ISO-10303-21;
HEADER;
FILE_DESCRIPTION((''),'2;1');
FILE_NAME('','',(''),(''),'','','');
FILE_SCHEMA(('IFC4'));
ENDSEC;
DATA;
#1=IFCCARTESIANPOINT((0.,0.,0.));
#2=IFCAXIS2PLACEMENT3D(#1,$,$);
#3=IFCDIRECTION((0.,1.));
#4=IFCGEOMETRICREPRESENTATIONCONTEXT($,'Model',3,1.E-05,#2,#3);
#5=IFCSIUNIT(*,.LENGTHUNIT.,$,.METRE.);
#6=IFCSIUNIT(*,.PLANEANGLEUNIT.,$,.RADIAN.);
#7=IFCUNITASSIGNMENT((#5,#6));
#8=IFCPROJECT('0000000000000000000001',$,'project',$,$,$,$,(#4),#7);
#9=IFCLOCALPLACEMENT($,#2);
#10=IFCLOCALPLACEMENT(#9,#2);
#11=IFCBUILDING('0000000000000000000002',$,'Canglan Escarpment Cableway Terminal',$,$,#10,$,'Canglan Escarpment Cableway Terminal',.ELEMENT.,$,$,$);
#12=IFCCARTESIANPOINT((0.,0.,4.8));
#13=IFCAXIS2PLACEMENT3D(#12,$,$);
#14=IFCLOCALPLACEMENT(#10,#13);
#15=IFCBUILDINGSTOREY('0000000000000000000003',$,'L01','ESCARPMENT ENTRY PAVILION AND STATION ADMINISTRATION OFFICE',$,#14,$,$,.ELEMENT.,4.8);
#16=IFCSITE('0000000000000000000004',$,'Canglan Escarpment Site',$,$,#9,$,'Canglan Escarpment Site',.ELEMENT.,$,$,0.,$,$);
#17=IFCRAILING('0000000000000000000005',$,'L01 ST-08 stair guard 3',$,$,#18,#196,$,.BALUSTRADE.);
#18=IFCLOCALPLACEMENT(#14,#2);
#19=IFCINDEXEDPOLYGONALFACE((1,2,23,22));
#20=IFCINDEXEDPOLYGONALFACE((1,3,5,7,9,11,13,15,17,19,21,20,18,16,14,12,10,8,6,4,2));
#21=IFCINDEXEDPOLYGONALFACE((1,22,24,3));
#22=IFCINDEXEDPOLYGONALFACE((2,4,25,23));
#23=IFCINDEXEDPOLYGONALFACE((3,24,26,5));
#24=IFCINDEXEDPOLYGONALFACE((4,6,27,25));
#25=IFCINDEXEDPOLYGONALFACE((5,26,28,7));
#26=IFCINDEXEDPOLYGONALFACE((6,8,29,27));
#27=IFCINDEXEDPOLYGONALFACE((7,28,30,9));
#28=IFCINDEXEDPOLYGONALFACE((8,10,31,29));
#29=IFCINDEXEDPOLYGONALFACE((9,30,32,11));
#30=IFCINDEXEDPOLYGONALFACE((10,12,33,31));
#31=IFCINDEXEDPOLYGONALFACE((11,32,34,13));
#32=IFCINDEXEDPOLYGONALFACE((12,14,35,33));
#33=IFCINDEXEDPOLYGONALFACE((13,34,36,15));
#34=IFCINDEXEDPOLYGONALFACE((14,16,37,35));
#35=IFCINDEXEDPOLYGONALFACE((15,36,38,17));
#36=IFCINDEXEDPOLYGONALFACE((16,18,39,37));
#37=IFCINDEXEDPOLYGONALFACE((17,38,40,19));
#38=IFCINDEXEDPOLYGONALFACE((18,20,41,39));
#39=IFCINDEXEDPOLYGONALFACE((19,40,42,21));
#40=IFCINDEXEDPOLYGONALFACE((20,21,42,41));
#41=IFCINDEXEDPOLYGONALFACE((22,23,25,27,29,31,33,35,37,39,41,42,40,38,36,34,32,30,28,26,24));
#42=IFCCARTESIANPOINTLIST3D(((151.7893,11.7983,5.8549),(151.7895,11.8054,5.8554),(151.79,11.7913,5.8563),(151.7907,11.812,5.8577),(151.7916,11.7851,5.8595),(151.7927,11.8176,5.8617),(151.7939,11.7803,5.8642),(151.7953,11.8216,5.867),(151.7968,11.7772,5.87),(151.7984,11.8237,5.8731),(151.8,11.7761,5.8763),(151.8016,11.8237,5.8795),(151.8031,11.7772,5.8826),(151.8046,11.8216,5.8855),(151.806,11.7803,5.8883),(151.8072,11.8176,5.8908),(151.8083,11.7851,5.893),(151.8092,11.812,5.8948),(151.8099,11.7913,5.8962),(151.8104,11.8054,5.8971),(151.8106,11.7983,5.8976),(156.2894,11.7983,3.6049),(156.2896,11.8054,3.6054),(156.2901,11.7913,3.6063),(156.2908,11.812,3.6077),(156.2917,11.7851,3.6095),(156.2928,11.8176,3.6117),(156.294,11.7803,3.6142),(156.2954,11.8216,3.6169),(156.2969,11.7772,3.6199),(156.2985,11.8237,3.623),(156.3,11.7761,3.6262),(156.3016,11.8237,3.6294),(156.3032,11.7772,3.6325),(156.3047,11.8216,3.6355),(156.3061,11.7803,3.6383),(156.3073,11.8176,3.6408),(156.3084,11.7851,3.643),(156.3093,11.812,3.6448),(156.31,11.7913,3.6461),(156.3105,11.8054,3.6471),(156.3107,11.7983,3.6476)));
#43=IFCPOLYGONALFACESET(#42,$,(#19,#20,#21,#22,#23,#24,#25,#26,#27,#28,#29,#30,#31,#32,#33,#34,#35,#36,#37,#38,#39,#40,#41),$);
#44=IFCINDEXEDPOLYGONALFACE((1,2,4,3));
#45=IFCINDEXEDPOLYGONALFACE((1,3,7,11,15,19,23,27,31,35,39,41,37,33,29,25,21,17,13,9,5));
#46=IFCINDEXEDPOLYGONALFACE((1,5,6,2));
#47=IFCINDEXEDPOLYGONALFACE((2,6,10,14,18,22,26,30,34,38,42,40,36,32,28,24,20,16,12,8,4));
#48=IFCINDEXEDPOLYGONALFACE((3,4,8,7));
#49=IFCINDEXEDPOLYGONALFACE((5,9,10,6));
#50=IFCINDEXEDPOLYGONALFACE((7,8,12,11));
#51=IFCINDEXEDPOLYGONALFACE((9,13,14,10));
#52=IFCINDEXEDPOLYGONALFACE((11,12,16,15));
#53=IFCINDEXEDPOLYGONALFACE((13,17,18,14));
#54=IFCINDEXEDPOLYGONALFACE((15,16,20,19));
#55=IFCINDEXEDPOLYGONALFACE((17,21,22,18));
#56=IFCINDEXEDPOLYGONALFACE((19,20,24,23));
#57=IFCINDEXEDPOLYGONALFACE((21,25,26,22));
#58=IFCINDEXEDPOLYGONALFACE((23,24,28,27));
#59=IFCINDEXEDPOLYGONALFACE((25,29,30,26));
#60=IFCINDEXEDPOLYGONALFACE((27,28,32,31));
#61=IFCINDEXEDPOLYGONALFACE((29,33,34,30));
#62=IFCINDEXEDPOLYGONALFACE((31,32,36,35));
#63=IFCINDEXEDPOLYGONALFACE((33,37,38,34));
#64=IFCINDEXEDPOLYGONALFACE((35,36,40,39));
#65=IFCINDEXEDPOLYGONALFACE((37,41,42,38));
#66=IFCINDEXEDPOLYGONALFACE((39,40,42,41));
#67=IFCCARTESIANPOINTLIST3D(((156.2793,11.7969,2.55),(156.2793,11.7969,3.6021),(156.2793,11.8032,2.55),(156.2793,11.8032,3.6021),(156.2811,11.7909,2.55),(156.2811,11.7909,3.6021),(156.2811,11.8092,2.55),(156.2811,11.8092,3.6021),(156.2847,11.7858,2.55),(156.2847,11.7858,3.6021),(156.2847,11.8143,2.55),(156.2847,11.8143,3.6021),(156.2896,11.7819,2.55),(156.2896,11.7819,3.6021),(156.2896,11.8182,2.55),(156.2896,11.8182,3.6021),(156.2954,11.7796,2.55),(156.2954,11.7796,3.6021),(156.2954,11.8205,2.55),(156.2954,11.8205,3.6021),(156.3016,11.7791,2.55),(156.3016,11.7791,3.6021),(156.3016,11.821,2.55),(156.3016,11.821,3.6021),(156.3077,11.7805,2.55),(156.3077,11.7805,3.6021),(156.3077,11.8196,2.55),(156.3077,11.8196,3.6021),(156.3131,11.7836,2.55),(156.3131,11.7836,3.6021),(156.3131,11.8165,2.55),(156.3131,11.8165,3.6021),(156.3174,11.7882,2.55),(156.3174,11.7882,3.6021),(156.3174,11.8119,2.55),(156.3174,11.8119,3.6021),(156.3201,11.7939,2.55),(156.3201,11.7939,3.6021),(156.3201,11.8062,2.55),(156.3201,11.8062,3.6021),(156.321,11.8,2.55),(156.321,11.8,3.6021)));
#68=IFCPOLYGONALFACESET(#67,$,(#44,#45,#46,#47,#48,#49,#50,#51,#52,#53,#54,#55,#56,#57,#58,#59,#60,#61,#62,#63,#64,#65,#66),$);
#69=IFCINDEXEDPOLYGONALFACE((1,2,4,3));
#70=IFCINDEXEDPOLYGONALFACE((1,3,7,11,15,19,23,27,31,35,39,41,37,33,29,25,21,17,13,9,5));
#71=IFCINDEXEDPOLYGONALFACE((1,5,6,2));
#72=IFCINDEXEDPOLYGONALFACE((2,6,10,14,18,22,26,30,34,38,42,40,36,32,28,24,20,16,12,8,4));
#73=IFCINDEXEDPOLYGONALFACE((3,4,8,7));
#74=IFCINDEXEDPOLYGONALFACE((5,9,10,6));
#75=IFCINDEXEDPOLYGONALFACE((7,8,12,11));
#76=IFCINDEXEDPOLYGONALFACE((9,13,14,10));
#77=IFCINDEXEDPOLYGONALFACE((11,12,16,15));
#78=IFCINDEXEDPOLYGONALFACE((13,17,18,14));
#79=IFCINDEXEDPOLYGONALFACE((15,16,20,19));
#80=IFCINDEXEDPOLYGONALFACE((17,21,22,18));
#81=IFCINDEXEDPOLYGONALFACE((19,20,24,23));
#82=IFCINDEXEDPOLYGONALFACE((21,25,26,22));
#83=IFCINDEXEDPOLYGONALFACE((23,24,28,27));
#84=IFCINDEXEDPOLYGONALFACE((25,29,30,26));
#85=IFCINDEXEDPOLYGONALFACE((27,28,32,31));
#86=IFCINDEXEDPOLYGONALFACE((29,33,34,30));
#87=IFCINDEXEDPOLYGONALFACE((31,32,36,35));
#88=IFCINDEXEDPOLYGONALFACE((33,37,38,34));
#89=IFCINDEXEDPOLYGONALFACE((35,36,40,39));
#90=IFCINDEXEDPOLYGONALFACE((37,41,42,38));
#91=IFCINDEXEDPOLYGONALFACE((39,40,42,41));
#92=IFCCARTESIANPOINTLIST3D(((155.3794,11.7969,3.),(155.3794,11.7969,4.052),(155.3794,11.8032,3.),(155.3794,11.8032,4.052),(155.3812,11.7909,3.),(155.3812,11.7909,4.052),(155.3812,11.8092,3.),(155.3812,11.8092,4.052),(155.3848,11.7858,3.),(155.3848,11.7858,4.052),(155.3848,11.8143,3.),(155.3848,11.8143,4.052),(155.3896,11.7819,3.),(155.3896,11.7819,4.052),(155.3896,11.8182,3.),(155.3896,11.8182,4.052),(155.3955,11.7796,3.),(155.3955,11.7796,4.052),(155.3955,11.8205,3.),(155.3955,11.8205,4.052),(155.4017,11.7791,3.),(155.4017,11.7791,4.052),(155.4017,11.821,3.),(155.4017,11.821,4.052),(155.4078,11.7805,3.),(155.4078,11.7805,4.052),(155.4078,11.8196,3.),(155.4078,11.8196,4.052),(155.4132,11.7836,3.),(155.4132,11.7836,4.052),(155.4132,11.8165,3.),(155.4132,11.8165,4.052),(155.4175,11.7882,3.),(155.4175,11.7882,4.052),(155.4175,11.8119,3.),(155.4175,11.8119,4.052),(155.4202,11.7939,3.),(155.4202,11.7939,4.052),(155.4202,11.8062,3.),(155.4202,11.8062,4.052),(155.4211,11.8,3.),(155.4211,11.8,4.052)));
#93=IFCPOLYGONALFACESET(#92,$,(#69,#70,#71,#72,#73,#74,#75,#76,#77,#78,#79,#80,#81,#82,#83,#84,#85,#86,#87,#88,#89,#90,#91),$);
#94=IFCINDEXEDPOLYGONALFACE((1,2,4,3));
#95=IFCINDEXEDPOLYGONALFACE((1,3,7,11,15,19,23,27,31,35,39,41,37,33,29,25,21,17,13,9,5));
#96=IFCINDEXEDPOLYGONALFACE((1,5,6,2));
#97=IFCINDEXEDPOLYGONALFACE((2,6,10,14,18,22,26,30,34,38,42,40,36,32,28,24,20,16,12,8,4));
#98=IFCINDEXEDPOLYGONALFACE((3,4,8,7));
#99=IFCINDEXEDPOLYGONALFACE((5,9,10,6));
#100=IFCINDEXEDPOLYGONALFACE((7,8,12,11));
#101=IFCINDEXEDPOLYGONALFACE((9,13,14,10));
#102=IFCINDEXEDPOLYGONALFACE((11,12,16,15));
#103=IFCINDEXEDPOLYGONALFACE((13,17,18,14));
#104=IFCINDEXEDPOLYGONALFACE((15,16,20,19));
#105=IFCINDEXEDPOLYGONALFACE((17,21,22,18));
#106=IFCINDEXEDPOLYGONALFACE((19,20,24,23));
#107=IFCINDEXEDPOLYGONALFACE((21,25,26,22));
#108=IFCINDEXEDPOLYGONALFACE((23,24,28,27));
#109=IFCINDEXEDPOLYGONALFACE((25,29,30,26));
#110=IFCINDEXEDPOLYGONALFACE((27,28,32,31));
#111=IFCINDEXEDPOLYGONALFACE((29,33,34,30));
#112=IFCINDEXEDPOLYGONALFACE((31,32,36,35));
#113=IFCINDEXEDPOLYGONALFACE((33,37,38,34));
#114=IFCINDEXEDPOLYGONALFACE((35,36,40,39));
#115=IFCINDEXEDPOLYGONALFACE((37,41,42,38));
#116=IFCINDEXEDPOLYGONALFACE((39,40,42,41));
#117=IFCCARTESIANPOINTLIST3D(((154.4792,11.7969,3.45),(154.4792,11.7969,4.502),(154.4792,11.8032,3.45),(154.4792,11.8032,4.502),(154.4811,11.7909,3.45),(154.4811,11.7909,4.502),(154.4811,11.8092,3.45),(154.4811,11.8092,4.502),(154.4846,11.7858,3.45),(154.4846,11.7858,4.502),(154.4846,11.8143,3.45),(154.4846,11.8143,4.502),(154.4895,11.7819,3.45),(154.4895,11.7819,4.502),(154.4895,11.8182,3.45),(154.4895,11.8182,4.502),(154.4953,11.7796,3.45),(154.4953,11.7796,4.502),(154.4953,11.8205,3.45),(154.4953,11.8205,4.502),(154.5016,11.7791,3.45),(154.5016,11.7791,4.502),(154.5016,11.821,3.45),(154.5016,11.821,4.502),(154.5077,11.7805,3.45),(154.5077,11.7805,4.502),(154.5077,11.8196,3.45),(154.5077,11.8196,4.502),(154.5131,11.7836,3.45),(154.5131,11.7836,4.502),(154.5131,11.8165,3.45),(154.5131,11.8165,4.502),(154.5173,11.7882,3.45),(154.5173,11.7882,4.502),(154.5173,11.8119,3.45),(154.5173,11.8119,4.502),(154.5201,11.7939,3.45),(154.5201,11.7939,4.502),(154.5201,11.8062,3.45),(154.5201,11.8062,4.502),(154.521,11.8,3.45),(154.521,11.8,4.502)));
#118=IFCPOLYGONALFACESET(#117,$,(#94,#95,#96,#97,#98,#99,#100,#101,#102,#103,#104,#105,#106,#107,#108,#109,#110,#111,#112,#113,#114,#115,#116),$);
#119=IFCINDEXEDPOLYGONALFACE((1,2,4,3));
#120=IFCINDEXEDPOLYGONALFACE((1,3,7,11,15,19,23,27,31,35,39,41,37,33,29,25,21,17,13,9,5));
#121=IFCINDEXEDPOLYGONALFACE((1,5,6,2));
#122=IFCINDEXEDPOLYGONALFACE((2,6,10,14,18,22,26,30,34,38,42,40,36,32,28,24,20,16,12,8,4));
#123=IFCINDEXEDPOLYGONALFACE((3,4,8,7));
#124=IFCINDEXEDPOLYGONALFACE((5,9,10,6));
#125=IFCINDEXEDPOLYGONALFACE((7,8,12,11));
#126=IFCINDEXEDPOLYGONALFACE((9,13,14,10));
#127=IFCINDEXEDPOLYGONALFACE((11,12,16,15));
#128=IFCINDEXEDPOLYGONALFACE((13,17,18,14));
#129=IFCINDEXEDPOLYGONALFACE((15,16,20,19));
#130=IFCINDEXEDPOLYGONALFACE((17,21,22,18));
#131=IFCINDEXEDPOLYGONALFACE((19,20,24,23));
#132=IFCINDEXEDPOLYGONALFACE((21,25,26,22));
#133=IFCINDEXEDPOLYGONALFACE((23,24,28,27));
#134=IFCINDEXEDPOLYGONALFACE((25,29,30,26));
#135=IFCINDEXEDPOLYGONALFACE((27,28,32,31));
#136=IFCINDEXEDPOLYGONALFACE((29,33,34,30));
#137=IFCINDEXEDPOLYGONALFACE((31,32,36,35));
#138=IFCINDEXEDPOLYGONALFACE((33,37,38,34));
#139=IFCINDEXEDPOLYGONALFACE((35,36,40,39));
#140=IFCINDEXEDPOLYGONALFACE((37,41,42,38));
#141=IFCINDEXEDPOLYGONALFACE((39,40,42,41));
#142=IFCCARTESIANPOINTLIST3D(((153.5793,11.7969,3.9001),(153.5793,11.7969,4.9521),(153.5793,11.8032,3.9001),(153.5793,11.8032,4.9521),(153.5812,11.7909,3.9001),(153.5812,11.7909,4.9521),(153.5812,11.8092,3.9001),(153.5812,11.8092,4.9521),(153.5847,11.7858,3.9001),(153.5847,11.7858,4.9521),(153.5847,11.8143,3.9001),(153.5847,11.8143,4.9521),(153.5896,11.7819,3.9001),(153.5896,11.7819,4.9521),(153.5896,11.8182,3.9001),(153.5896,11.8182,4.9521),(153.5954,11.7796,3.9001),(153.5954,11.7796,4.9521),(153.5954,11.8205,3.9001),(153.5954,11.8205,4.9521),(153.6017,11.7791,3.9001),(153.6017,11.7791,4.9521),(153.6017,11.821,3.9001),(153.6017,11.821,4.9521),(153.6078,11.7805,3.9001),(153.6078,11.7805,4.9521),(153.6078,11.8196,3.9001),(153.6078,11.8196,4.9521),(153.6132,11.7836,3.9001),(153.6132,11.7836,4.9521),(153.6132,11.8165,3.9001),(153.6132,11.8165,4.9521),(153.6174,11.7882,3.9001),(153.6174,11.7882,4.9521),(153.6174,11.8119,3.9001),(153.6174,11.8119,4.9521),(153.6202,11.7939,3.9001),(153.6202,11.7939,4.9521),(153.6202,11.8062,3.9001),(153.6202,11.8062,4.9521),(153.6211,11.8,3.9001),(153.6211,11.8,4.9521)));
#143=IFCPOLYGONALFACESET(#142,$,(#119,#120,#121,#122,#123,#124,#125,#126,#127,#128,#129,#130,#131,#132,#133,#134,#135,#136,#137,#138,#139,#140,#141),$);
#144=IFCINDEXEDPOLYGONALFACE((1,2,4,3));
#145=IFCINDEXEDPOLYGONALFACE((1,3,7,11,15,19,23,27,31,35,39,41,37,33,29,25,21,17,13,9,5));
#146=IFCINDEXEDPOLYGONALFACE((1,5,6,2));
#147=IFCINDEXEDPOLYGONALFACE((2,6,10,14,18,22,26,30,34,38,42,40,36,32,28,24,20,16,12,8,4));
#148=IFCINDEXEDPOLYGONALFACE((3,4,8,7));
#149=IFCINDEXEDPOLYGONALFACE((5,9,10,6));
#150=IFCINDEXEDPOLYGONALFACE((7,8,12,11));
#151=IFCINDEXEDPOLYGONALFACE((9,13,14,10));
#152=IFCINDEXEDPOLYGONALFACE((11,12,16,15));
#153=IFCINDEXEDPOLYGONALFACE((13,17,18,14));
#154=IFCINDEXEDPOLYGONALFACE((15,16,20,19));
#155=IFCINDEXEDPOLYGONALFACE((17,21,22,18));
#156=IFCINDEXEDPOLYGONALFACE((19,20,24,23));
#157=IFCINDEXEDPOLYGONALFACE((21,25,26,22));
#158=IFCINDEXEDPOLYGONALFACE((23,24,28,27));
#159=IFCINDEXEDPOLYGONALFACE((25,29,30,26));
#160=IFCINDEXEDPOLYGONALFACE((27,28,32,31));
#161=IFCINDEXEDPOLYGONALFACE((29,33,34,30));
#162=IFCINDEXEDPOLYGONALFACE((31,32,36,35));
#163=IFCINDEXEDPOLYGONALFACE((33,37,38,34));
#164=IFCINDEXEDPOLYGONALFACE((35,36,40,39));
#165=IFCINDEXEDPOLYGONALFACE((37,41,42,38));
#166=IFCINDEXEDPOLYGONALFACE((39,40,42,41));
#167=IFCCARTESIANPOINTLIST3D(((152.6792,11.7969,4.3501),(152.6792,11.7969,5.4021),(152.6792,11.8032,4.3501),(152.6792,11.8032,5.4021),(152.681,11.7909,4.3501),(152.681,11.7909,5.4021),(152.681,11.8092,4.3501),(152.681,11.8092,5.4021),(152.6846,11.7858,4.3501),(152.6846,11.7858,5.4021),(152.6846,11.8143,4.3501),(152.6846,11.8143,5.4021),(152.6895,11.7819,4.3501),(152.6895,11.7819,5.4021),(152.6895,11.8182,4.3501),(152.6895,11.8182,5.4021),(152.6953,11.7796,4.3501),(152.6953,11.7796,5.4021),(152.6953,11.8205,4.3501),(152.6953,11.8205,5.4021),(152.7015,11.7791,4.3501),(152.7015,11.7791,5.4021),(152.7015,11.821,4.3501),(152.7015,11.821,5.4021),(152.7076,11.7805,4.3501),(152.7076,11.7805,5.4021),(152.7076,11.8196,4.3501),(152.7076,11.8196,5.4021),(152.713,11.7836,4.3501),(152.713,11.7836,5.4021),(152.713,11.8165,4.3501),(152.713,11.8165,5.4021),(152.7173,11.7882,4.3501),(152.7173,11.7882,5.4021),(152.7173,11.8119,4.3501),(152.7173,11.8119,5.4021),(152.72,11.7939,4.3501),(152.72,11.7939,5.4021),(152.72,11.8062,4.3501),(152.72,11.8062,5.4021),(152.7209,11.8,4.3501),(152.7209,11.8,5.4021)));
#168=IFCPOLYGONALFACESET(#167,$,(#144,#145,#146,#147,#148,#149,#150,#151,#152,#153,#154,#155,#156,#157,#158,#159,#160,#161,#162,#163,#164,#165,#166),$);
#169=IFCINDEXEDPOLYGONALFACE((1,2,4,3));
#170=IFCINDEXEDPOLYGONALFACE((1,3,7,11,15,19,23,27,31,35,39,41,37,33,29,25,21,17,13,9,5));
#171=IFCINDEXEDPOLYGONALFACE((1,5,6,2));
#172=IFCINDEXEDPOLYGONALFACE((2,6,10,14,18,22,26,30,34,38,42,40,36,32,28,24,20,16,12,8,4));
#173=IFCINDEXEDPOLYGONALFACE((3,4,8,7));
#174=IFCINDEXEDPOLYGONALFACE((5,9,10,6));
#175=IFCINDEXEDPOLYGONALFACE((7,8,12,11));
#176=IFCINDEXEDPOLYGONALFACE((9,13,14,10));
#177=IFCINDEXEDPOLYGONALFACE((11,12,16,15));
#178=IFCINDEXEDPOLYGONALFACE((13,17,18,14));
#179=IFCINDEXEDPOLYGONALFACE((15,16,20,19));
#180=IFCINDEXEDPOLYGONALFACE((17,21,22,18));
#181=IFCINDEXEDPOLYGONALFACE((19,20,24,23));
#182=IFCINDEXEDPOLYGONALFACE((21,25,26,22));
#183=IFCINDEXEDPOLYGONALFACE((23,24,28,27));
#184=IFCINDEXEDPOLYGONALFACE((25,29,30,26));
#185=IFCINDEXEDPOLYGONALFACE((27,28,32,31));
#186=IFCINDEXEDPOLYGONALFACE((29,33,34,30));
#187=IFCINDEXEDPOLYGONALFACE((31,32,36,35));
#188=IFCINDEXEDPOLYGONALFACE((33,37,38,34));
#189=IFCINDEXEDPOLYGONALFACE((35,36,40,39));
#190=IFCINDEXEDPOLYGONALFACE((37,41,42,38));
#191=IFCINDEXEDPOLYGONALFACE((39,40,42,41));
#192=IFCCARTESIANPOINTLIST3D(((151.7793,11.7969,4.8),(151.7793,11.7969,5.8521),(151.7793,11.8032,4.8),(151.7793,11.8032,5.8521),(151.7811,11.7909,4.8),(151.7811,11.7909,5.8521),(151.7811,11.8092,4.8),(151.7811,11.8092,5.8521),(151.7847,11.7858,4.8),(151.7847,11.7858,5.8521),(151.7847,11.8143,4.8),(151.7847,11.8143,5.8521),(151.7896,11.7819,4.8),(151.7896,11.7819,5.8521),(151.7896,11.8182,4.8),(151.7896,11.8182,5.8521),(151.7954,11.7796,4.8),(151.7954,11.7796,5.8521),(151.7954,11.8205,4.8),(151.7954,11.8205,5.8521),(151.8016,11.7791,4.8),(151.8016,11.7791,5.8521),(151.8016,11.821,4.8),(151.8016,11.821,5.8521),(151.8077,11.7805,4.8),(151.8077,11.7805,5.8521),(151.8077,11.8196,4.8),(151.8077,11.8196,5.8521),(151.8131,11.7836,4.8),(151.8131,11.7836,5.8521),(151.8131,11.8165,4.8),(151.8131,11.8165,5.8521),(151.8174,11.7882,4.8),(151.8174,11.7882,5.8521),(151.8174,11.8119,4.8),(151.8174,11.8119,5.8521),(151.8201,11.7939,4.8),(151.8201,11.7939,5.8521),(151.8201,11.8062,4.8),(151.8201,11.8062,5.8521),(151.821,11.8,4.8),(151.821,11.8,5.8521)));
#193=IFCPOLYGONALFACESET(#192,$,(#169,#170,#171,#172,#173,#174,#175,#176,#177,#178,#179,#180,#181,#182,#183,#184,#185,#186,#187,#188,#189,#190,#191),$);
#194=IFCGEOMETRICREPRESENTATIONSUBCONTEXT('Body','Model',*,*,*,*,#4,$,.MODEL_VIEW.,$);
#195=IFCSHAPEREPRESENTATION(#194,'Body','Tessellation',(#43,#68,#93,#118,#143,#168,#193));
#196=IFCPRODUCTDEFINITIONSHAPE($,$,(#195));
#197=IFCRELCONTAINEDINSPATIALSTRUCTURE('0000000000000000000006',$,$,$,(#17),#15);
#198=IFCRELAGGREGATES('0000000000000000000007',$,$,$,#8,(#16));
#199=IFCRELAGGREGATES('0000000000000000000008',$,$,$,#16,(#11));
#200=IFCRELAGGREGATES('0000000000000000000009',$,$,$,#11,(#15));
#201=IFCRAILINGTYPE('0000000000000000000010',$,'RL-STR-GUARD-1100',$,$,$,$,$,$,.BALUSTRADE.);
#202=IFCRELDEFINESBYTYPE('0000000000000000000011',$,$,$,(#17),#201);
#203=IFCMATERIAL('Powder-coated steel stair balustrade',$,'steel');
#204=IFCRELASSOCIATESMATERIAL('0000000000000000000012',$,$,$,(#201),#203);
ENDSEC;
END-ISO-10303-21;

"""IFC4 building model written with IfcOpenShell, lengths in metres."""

from ifc_helpers import new_model, si_unit, direction, frame, origin, origin_2d, place, context, subcontext, project, spatial, circle, extrude, material, type_object, element, save


model = new_model("IFC4")

# Units and contexts
model_context = context("Model", 3, precision=1e-05, world=origin(), true_north=direction((0.0, 1.0)))
body_context = subcontext(model_context, "Body", "Model", "MODEL_VIEW")
ifc_project = project(units=[si_unit("LENGTHUNIT", "METRE"), si_unit("PLANEANGLEUNIT", "RADIAN")], contexts=[model_context])

# Site, building, storey
site_placement = place(None, origin())
site = spatial("IfcSite", under=ifc_project, at=site_placement, Name="Canglan Escarpment Site", LongName="Canglan Escarpment Site", CompositionType="ELEMENT", RefElevation=0.0)
building_placement = place(site_placement, origin())
building = spatial("IfcBuilding", under=site, at=building_placement, Name="Canglan Escarpment Cableway Terminal", LongName="Canglan Escarpment Cableway Terminal", CompositionType="ELEMENT")
storey_placement = place(building_placement, frame((0.0, 0.0, 4.8)))
storey = spatial("IfcBuildingStorey", under=building, at=storey_placement, Name="L01", Description="ESCARPMENT ENTRY PAVILION AND STATION ADMINISTRATION OFFICE", CompositionType="ELEMENT", Elevation=4.8)

# Railing
ifc_material_1 = material(Name="Powder-coated steel stair balustrade", Category="steel")
railing_type_1 = type_object("IfcRailingType", Name="RL-STR-GUARD-1100", PredefinedType="BALUSTRADE", material=ifc_material_1)
railing_1_placement = place(storey_placement, frame((156.3, 11.8, 2.55)))
element("IfcRailing", 1, at=railing_1_placement, inside=storey, type_object=railing_type_1, Name="L01 ST-08 stair guard 3", PredefinedType="BALUSTRADE", context=body_context, shape_type="SweptSolid", body=[
    extrude(circle(Radius=0.0239, at=origin_2d()), frame((0.0, 0.0, 1.0762), z_axis=(-0.894427, 0.0, 0.447214), x_axis=(0.0, -1.0, 0.0)), (0.0, 0.0, 1.0), 5.0312),
    extrude(circle(Radius=0.021, at=origin_2d()), origin(), (0.0, 0.0, 1.0), 1.052),
    extrude(circle(Radius=0.021, at=origin_2d()), frame((-0.8999, 0.0, 0.45)), (0.0, 0.0, 1.0), 1.052),
    extrude(circle(Radius=0.021, at=origin_2d()), frame((-1.8, 0.0, 0.8999)), (0.0, 0.0, 1.0), 1.052),
    extrude(circle(Radius=0.021, at=origin_2d()), frame((-2.7, 0.0, 1.3501)), (0.0, 0.0, 1.0), 1.052),
    extrude(circle(Radius=0.021, at=origin_2d()), frame((-3.6001, 0.0, 1.8)), (0.0, 0.0, 1.0), 1.052),
    extrude(circle(Radius=0.021, at=origin_2d()), frame((-4.5, 0.0, 2.25)), (0.0, 0.0, 1.0), 1.052),
])

save(model, "model.ifc")
